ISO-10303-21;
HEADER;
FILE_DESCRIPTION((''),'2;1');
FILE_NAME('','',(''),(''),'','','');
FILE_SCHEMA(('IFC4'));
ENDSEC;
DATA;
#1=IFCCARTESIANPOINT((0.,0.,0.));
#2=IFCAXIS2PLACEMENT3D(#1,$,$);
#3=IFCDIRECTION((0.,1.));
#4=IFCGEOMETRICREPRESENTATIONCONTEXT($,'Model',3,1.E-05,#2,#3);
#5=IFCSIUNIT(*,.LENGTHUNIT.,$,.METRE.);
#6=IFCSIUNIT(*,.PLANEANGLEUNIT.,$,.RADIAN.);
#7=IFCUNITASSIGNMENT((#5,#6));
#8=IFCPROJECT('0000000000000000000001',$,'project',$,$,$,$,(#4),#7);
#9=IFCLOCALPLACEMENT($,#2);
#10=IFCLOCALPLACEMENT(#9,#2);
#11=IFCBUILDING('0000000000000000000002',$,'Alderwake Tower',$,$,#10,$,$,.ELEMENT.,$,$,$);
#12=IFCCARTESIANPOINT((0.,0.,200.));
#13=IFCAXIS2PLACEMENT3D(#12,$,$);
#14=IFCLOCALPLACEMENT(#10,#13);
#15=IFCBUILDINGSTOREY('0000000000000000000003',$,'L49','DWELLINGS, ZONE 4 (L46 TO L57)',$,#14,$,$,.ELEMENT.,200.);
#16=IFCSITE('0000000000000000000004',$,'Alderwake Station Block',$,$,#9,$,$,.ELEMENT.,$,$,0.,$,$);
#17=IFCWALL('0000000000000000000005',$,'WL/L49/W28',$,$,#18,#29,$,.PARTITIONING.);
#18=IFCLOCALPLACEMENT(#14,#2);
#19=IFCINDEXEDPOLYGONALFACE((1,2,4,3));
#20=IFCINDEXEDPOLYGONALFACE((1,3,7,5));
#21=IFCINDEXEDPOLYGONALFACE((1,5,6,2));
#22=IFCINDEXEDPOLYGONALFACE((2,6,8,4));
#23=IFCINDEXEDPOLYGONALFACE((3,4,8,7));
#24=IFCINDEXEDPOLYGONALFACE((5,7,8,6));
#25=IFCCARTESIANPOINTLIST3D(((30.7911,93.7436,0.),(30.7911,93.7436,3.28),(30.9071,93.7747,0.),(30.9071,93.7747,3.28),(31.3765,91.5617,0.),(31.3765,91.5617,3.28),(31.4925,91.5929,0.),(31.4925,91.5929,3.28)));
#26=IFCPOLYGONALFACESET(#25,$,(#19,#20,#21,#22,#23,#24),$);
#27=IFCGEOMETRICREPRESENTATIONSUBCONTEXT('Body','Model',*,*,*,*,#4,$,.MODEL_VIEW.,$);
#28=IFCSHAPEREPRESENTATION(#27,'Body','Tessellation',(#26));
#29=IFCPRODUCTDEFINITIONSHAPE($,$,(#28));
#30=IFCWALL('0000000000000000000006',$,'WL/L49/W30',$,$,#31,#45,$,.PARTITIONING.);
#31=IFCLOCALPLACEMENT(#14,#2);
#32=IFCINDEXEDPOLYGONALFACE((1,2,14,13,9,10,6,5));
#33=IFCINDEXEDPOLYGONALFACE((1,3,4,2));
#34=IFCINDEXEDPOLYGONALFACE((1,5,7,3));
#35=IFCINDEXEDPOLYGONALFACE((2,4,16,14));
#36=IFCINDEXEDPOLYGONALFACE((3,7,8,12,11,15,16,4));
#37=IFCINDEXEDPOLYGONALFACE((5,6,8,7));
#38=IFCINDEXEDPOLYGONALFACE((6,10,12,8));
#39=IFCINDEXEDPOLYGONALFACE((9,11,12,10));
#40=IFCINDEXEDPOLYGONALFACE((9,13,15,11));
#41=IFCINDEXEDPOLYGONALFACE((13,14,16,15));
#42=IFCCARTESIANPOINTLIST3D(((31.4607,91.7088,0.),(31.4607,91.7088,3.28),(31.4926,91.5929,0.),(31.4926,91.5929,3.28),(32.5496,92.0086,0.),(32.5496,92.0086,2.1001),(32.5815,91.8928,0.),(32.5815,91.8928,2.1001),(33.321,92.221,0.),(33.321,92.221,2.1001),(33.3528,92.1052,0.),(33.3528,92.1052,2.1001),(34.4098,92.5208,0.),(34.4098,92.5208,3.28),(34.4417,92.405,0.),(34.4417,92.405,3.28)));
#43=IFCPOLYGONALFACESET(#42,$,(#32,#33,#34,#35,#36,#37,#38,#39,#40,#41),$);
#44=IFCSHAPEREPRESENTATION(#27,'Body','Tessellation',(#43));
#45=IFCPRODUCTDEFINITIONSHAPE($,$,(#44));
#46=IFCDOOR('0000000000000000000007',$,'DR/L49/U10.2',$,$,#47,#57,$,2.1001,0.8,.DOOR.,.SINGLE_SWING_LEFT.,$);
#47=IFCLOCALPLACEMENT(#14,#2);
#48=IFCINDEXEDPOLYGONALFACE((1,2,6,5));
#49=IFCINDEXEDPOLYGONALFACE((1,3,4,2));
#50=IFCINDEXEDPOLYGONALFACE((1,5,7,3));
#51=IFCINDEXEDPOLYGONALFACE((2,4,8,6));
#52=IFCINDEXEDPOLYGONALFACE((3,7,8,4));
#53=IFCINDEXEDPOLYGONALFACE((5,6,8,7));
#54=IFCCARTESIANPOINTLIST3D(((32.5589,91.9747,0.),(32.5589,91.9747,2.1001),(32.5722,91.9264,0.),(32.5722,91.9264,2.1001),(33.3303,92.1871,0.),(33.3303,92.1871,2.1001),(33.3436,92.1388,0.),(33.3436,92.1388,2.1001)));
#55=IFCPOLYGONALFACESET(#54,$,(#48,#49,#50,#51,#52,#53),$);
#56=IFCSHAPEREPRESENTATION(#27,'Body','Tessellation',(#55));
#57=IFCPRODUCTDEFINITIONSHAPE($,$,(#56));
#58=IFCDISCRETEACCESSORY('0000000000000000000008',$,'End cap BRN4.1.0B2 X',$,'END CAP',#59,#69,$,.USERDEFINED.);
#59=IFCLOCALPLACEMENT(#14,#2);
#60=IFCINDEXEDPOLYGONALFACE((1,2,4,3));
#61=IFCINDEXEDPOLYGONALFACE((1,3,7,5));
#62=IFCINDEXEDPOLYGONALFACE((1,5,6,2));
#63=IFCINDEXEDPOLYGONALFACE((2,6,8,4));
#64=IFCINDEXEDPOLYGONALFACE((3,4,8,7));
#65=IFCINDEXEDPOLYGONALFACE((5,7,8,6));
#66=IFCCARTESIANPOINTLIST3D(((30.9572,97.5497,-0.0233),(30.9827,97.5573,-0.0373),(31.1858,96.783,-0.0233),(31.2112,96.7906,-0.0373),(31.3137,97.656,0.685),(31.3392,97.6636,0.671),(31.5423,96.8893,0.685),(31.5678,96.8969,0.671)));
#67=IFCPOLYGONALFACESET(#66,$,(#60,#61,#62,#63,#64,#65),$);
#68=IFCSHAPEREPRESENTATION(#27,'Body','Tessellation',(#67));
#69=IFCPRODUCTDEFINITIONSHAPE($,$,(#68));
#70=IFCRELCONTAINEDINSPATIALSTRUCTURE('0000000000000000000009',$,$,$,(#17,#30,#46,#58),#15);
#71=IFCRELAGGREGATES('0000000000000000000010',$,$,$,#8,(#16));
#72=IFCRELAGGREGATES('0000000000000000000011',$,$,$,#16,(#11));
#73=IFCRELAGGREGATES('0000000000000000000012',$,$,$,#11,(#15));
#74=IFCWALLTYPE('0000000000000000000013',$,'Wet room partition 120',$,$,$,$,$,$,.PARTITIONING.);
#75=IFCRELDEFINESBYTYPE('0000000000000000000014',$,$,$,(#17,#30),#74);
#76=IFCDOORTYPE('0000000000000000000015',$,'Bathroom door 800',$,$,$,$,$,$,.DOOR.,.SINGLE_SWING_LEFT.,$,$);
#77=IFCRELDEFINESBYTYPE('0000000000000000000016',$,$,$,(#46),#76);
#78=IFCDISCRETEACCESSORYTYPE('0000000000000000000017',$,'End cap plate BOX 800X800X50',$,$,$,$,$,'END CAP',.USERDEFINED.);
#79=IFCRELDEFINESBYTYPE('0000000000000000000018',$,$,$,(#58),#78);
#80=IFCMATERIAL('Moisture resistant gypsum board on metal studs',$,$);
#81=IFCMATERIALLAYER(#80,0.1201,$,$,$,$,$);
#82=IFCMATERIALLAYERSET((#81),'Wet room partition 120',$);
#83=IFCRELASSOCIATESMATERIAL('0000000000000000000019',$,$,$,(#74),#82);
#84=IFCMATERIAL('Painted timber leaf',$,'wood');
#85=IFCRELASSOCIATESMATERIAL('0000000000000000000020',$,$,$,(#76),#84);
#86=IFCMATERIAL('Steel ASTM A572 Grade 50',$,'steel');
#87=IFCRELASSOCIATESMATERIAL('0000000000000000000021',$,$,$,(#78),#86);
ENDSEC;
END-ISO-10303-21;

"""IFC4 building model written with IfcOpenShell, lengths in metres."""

from ifc_helpers import new_model, si_unit, direction, frame, frame_2d, origin, origin_2d, place, context, subcontext, project, spatial, rectangle, extrude, material, layer, layer_set, material_profile, profile_set, type_object, element, fill, save


model = new_model("IFC4")

# Units and contexts
model_context = context("Model", 3, precision=1e-05, world=origin(), true_north=direction((0.0, 1.0)))
body_context = subcontext(model_context, "Body", "Model", "MODEL_VIEW")
ifc_project = project(units=[si_unit("LENGTHUNIT", "METRE"), si_unit("PLANEANGLEUNIT", "RADIAN")], contexts=[model_context])

# Site, building, storey
site_placement = place(None, origin())
site = spatial("IfcSite", under=ifc_project, at=site_placement, Name="Alderwake Station Block", CompositionType="ELEMENT", RefElevation=0.0)
building_placement = place(site_placement, origin())
building = spatial("IfcBuilding", under=site, at=building_placement, Name="Alderwake Tower", CompositionType="ELEMENT")
storey_placement = place(building_placement, frame((0.0, 0.0, 200.0)))
storey = spatial("IfcBuildingStorey", under=building, at=storey_placement, Name="L49", Description="DWELLINGS, ZONE 4 (L46 TO L57)", CompositionType="ELEMENT", Elevation=200.0)

# Wall
ifc_material_1 = material(Name="Moisture resistant gypsum board on metal studs")
ifc_layer_1 = layer(ifc_material_1, 0.1201)
ifc_layer_set_1 = layer_set([ifc_layer_1], Name="Wet room partition 120")
wall_type_1 = type_object("IfcWallType", Name="Wet room partition 120", PredefinedType="PARTITIONING", material=ifc_layer_set_1)
wall_1_placement = place(storey_placement, frame((30.8491, 93.759, 0.0), z_axis=(0.0, 0.0, 1.0), x_axis=(0.259156, -0.965836, 0.0)))
element("IfcWall", 1, at=wall_1_placement, inside=storey, type_object=wall_type_1, Name="WL/L49/W28", PredefinedType="PARTITIONING", context=body_context, shape_type="SweptSolid", body=[
    extrude(rectangle(XDim=2.259, YDim=0.1201, at=frame_2d((1.1294, 0.0))), origin(), (0.0, 0.0, 1.0), 3.28),
])

# Wall, opening, door
wall_2_placement = place(storey_placement, frame((31.4768, 91.6509, 0.0), z_axis=(0.0, 0.0, 1.0), x_axis=(0.964118, 0.265474, 0.0)))
wall_2 = element("IfcWall", 2, at=wall_2_placement, inside=storey, type_object=wall_type_1, Name="WL/L49/W30", PredefinedType="PARTITIONING", context=body_context, shape_type="SweptSolid", body=[
    extrude(rectangle(XDim=3.0588, YDim=0.1201, at=frame_2d((1.5293, 0.0))), origin(), (0.0, 0.0, 1.0), 3.28),
])
opening_1_placement = place(wall_2_placement, frame((1.1294, 0.0, 0.0)))
opening_1 = element("IfcOpeningElement", 3, at=opening_1_placement, cuts=wall_2, PredefinedType="OPENING", context=body_context, shape_type="SweptSolid", body=[
    extrude(rectangle(XDim=0.8, YDim=2.1001, at=frame_2d((0.3999, 1.05))), frame((0.0, 0.0701, 0.0), z_axis=(0.0, -1.0, 0.0), x_axis=(1.0, 0.0, 0.0)), (0.0, 0.0, 1.0), 0.1401),
])
ifc_material_2 = material(Name="Painted timber leaf", Category="wood")
door_type_1 = type_object("IfcDoorType", Name="Bathroom door 800", OperationType="SINGLE_SWING_LEFT", PredefinedType="DOOR", material=ifc_material_2)
door_1_placement = place(opening_1_placement, origin())
door_1 = element("IfcDoor", 4, at=door_1_placement, inside=storey, type_object=door_type_1, Name="DR/L49/U10.2", OperationType="SINGLE_SWING_LEFT", OverallHeight=2.1001, OverallWidth=0.8, PredefinedType="DOOR", context=body_context, shape_type="SweptSolid", body=[
    extrude(rectangle(XDim=0.8, YDim=2.1001, at=frame_2d((0.3999, 1.05))), frame((0.0, 0.0249, 0.0), z_axis=(0.0, -1.0, 0.0), x_axis=(1.0, 0.0, 0.0)), (0.0, 0.0, 1.0), 0.05),
])
fill(opening_1, door_1)

# Discrete accessory
ifc_material_3 = material(Name="Steel ASTM A572 Grade 50", Category="steel")
ifc_material_profile_1 = material_profile(ifc_material_3, rectangle(XDim=0.8, YDim=0.8, at=origin_2d()), Name="BOX 800X800X50 cap")
ifc_profile_set_1 = profile_set([ifc_material_profile_1], Name="Steel ASTM A572 Grade 50")
discrete_accessory_type = type_object("IfcDiscreteAccessoryType", Name="End cap plate BOX 800X800X50", ElementType="END CAP", PredefinedType="USERDEFINED", material=ifc_profile_set_1)
discrete_accessory_placement = place(storey_placement, frame((31.2498, 97.2195, 0.3308), z_axis=(0.848421, 0.252895, -0.465), x_axis=(-0.285657, 0.958332, 0.0)))
element("IfcDiscreteAccessory", 5, at=discrete_accessory_placement, inside=storey, type_object=discrete_accessory_type, Name="End cap BRN4.1.0B2 X", ObjectType="END CAP", PredefinedType="USERDEFINED", context=body_context, shape_type="SweptSolid", body=[
    extrude(rectangle(XDim=0.8, YDim=0.8, at=origin_2d()), origin(), (0.0, 0.0, 1.0), 0.03),
])

save(model, "model.ifc")
